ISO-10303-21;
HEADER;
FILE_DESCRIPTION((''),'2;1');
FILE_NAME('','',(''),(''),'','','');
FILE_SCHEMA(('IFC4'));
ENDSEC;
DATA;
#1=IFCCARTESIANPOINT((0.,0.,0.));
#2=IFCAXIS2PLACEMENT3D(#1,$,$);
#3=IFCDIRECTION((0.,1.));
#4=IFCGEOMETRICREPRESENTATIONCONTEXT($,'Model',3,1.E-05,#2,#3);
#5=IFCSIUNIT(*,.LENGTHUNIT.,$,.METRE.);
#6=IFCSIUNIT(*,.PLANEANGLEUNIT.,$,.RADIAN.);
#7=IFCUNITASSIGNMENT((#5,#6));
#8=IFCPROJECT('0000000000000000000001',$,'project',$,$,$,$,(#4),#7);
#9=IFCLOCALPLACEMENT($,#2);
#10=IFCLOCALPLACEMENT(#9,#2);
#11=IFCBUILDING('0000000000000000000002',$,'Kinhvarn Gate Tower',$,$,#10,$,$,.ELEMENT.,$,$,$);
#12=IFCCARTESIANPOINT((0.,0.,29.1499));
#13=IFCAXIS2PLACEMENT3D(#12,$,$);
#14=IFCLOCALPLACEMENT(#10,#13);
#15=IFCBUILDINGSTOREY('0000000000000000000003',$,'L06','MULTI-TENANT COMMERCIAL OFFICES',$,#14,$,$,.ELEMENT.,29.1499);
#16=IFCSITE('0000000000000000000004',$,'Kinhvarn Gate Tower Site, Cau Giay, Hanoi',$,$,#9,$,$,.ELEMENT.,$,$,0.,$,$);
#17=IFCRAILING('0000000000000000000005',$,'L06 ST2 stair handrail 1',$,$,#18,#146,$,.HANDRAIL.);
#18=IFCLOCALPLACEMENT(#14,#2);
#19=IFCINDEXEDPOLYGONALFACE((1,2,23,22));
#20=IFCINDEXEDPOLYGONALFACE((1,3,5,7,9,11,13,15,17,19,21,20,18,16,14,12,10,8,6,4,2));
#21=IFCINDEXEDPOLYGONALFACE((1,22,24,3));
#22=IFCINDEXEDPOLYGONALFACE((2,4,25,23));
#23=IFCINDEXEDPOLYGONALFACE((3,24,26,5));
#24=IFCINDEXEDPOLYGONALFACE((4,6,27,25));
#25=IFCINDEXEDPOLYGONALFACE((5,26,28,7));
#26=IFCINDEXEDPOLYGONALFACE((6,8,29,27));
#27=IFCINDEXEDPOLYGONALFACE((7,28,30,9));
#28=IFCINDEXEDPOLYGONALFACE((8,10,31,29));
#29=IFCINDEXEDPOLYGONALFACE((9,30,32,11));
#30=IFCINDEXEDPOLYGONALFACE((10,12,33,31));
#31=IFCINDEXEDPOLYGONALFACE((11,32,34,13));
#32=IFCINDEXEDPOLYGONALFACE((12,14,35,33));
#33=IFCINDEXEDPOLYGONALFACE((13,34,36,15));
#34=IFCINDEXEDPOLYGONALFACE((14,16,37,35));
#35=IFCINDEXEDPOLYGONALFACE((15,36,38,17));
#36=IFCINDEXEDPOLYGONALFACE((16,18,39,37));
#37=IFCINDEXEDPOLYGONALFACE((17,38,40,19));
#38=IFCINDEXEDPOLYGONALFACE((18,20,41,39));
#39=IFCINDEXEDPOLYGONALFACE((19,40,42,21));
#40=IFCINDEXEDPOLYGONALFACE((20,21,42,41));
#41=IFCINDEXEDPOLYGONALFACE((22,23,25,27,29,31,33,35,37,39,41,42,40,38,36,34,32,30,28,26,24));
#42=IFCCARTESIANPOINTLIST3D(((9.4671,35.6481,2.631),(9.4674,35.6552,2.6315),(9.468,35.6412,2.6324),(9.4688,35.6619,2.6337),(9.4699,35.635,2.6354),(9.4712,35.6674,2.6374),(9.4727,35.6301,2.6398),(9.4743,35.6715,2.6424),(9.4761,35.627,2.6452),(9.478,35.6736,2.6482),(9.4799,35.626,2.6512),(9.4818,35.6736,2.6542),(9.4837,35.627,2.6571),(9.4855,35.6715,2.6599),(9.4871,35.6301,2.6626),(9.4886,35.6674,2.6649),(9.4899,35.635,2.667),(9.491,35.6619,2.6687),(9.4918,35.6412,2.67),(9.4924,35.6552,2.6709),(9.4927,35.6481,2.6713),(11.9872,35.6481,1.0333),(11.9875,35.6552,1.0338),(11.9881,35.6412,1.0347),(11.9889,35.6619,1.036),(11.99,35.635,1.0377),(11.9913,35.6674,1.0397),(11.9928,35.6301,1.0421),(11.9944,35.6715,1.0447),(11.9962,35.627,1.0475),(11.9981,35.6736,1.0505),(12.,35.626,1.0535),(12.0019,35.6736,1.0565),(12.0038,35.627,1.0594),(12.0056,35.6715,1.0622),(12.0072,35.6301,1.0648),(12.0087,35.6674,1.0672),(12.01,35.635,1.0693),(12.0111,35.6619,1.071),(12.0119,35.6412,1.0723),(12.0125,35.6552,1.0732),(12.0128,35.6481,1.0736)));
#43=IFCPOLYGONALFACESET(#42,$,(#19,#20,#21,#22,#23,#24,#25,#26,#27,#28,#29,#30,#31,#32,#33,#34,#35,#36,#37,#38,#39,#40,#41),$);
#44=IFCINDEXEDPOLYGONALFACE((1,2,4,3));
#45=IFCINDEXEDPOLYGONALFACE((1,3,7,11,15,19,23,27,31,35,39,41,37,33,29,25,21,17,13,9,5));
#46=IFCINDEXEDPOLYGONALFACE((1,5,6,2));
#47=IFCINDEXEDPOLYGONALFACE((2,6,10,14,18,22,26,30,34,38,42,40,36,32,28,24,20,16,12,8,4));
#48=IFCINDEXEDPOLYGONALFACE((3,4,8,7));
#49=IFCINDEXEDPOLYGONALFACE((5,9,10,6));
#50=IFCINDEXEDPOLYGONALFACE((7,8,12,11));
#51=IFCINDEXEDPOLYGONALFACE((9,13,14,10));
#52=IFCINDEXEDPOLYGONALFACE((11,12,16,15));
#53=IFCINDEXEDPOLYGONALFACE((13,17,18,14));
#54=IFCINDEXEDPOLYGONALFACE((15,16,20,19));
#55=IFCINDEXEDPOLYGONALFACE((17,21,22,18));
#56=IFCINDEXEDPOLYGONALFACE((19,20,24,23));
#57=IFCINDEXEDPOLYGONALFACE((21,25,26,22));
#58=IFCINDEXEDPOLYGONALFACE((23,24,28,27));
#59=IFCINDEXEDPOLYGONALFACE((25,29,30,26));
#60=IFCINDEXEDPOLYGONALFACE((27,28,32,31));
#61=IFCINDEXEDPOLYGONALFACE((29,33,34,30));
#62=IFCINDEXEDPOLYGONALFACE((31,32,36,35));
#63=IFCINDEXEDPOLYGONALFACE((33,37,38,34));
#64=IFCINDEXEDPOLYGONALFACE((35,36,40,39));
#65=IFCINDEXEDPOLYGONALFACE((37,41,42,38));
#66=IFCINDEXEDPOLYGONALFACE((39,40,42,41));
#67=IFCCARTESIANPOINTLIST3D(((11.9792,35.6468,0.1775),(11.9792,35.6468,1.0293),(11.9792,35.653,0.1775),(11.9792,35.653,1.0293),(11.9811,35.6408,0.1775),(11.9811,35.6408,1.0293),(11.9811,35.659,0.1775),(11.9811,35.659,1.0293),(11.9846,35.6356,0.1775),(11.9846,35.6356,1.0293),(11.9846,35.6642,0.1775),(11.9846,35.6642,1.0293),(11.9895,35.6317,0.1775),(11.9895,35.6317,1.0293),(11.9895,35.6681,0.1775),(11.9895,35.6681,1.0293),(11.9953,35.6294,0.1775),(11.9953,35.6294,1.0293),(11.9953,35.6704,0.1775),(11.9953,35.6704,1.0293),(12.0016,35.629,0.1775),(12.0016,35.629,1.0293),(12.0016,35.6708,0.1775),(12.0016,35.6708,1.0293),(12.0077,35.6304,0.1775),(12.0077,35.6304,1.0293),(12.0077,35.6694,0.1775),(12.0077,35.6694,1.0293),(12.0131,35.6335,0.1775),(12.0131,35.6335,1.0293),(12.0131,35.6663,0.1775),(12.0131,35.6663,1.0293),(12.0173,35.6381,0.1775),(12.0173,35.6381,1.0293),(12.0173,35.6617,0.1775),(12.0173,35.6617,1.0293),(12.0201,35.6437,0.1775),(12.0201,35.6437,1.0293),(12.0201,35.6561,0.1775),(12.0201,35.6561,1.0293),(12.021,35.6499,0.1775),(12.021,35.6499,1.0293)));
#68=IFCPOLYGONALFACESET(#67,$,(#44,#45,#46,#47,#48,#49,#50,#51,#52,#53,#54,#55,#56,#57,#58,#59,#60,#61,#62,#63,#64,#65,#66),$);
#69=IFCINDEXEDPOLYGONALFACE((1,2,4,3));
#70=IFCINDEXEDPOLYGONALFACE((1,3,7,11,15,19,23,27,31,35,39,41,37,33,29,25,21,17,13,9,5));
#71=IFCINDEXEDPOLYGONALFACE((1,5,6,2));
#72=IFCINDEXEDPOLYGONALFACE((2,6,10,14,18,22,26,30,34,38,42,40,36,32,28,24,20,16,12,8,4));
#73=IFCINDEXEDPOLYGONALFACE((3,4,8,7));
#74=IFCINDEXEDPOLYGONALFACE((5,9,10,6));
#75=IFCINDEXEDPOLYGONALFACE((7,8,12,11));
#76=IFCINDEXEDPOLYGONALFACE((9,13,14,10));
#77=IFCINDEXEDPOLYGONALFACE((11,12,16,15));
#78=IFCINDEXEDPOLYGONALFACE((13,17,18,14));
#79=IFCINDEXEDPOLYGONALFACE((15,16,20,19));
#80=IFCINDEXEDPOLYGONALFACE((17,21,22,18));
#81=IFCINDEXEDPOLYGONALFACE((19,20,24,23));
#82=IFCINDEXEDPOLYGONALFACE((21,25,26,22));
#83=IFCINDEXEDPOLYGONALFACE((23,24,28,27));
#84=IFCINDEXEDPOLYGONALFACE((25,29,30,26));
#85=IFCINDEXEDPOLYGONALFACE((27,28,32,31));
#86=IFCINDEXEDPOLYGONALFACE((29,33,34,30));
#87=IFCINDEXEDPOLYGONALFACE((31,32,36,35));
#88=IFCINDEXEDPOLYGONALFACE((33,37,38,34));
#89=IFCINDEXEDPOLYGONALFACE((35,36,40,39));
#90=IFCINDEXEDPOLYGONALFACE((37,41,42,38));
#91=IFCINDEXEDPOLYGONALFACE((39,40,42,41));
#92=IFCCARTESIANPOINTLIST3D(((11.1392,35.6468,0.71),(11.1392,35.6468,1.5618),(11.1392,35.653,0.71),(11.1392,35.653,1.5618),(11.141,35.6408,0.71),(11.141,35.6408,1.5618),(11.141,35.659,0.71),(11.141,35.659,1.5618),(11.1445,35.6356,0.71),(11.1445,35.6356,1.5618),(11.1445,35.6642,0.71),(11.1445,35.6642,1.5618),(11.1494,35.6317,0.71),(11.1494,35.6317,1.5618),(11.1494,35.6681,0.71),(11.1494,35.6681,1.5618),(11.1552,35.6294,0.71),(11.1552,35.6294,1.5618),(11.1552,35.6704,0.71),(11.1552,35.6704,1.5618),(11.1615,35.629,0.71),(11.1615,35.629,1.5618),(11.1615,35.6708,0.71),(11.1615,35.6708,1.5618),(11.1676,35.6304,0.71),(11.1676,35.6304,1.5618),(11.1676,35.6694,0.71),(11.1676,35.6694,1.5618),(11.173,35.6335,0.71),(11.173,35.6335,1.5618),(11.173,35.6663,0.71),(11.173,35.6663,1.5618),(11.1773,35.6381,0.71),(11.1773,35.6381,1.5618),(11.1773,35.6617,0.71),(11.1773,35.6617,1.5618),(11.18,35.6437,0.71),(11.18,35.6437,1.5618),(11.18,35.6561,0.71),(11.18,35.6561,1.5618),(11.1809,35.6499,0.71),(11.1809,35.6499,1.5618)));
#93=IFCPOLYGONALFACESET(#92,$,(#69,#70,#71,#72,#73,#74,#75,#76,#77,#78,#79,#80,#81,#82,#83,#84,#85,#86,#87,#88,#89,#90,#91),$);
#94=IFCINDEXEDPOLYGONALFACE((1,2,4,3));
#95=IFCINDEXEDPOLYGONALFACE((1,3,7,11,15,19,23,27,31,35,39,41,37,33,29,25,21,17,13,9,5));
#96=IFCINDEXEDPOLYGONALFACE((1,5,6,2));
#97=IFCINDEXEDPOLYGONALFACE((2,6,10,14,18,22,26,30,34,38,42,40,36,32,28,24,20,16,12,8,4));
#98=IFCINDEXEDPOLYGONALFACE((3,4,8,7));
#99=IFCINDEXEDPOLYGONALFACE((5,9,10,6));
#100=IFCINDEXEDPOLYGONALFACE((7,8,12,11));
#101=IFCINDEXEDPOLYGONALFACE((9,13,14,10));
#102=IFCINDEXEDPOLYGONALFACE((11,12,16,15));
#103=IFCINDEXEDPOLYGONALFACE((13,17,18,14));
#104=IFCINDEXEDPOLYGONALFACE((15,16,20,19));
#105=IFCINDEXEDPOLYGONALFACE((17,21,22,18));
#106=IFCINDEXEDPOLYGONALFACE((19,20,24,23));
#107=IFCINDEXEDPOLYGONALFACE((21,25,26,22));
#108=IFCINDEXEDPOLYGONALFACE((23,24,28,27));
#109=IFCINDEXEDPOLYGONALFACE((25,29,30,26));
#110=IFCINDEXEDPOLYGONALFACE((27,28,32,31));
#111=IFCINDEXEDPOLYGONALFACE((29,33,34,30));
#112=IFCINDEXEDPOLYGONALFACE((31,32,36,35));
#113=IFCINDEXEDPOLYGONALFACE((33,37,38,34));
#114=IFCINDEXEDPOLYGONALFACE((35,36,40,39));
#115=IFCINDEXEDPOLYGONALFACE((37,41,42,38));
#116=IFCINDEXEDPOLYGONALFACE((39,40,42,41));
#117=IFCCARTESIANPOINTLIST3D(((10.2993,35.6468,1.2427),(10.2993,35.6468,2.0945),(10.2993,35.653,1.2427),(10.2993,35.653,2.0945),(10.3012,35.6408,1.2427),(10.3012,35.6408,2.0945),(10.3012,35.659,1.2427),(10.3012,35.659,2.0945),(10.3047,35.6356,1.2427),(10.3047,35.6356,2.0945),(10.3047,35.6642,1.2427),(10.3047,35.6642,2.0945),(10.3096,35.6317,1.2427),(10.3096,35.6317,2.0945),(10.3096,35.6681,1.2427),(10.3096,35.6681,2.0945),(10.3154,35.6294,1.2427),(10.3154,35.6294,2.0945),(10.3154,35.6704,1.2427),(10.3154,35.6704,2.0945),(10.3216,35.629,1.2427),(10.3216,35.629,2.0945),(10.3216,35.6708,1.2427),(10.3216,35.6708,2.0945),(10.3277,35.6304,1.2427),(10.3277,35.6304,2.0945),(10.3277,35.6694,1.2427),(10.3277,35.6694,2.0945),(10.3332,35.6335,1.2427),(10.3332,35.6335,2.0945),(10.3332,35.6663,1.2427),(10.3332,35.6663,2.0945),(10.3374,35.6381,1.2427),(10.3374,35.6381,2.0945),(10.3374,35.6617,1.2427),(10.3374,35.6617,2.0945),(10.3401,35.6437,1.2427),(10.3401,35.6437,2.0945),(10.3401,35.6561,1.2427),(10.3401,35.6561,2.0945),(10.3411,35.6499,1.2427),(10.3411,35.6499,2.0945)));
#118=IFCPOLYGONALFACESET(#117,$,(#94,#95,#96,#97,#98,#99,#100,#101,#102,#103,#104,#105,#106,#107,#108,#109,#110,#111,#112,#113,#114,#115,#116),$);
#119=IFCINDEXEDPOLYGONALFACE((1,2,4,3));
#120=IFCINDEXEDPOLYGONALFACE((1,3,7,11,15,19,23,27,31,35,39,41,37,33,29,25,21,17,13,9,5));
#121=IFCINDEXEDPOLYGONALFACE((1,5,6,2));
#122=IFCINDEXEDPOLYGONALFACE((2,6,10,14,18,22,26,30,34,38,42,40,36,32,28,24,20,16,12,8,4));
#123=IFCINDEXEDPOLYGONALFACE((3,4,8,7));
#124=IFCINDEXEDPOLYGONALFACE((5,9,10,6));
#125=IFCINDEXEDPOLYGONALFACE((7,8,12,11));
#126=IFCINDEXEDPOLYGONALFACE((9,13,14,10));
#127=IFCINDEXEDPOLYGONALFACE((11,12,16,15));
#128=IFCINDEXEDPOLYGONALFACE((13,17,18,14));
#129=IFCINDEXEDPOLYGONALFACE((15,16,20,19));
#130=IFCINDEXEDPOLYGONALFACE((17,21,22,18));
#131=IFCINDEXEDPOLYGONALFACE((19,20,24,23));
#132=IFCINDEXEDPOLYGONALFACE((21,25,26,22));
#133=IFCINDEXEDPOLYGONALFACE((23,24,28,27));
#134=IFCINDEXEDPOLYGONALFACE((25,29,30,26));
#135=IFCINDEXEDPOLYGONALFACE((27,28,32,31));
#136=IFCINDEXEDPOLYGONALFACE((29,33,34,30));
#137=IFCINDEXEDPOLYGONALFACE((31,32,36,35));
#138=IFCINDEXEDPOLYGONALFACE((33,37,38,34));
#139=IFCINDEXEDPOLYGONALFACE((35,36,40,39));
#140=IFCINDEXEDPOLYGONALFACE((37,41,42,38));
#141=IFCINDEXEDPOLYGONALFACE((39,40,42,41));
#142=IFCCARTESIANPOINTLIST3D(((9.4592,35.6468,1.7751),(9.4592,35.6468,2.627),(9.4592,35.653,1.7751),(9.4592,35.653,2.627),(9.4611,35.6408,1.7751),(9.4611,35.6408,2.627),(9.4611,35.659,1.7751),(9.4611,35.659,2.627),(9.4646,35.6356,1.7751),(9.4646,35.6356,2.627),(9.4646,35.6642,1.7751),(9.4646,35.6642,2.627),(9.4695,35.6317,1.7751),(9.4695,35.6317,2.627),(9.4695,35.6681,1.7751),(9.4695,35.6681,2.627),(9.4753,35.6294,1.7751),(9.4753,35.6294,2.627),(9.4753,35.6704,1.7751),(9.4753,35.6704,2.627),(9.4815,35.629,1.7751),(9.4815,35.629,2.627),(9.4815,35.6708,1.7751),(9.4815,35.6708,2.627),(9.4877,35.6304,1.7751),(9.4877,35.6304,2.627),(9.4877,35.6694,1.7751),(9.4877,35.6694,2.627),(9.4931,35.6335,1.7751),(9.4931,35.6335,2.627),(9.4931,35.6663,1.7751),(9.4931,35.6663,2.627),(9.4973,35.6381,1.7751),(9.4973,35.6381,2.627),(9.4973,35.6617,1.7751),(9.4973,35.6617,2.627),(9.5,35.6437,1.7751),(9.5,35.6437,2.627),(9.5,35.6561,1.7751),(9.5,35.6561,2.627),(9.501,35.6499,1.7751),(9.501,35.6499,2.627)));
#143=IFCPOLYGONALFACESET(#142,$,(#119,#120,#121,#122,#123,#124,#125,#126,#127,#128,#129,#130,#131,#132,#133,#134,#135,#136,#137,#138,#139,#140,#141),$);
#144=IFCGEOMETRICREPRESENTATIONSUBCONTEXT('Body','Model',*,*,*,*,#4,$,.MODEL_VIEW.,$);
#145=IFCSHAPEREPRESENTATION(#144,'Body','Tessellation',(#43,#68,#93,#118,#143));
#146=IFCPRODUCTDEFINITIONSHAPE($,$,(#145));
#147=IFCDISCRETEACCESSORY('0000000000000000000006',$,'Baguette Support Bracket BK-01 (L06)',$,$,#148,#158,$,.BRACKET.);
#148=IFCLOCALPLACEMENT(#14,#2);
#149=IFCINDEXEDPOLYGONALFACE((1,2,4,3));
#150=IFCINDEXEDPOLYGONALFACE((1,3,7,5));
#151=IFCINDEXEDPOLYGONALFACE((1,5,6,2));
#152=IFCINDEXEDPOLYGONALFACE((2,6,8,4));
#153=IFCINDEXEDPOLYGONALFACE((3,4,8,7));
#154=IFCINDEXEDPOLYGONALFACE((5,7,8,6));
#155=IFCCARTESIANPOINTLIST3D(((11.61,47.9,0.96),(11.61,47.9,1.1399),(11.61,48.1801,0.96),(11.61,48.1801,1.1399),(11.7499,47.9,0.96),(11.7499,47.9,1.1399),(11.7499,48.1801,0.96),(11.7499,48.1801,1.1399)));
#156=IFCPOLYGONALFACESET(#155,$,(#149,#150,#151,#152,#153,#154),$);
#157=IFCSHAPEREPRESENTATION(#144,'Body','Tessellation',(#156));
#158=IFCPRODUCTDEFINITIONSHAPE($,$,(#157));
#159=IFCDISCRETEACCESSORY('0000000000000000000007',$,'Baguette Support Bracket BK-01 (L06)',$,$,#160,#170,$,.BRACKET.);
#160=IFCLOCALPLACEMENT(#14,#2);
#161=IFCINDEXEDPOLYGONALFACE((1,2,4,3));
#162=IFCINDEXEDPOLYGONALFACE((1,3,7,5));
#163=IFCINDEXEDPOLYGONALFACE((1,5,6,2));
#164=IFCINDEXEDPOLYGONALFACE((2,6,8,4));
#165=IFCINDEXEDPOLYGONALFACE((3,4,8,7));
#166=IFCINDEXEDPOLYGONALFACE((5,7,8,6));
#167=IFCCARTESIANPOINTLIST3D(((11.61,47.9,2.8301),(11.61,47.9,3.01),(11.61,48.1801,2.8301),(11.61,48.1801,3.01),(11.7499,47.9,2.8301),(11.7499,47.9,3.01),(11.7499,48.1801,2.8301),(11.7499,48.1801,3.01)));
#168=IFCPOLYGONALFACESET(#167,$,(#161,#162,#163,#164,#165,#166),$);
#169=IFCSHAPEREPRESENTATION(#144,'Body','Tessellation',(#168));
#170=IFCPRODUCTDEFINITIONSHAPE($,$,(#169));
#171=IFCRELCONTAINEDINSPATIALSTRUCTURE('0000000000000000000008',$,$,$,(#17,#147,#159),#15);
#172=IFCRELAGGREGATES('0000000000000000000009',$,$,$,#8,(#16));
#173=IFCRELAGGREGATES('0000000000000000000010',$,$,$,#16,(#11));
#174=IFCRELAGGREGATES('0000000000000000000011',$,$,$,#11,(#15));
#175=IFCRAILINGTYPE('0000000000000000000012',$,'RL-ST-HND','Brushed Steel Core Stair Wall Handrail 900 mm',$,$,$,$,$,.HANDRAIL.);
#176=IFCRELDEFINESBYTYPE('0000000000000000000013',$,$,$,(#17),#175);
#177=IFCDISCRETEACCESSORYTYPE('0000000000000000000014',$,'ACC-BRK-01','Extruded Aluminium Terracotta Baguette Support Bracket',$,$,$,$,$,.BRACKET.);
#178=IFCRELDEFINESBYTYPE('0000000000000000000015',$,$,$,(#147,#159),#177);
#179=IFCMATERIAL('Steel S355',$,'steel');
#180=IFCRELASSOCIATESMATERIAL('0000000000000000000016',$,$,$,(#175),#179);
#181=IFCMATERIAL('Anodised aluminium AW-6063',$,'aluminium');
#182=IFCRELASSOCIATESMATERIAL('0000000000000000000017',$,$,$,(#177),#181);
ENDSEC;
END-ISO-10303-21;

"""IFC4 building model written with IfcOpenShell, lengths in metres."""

from ifc_helpers import new_model, si_unit, direction, frame, origin, origin_2d, place, context, subcontext, project, spatial, rectangle, circle, extrude, material, type_object, element, save


model = new_model("IFC4")

# Units and contexts
model_context = context("Model", 3, precision=1e-05, world=origin(), true_north=direction((0.0, 1.0)))
body_context = subcontext(model_context, "Body", "Model", "MODEL_VIEW")
ifc_project = project(units=[si_unit("LENGTHUNIT", "METRE"), si_unit("PLANEANGLEUNIT", "RADIAN")], contexts=[model_context])

# Site, building, storey
site_placement = place(None, origin())
site = spatial("IfcSite", under=ifc_project, at=site_placement, Name="Kinhvarn Gate Tower Site, Cau Giay, Hanoi", CompositionType="ELEMENT", RefElevation=0.0)
building_placement = place(site_placement, origin())
building = spatial("IfcBuilding", under=site, at=building_placement, Name="Kinhvarn Gate Tower", CompositionType="ELEMENT")
storey_placement = place(building_placement, frame((0.0, 0.0, 29.1499)))
storey = spatial("IfcBuildingStorey", under=building, at=storey_placement, Name="L06", Description="MULTI-TENANT COMMERCIAL OFFICES", CompositionType="ELEMENT", Elevation=29.1499)

# Shared definitions
ifc_material_1 = material(Name="Anodised aluminium AW-6063", Category="aluminium")

# Shared definitions
ifc_material_2 = material(Name="Steel S355", Category="steel")

# Railing
railing_type_1 = type_object("IfcRailingType", Name="RL-ST-HND", Description="Brushed Steel Core Stair Wall Handrail 900 mm", PredefinedType="HANDRAIL", material=ifc_material_2)
railing_1_placement = place(storey_placement, frame((12.0, 35.6499, 0.1775)))
element("IfcRailing", 1, at=railing_1_placement, inside=storey, type_object=railing_type_1, Name="L06 ST2 stair handrail 1", PredefinedType="HANDRAIL", context=body_context, shape_type="SweptSolid", body=[
    extrude(circle(Radius=0.0239, at=origin_2d()), frame((0.0, 0.0, 0.876), z_axis=(-0.84457, 0.0, 0.535445), x_axis=(0.0, -1.0, 0.0)), (0.0, 0.0, 1.0), 2.9839),
    extrude(circle(Radius=0.021, at=origin_2d()), origin(), (0.0, 0.0, 1.0), 0.8518),
    extrude(circle(Radius=0.021, at=origin_2d()), frame((-0.8401, 0.0, 0.5325)), (0.0, 0.0, 1.0), 0.8518),
    extrude(circle(Radius=0.021, at=origin_2d()), frame((-1.6799, 0.0, 1.0652)), (0.0, 0.0, 1.0), 0.8518),
    extrude(circle(Radius=0.021, at=origin_2d()), frame((-2.52, 0.0, 1.5977)), (0.0, 0.0, 1.0), 0.8518),
])

# Discrete accessories
discrete_accessory_type = type_object("IfcDiscreteAccessoryType", Name="ACC-BRK-01", Description="Extruded Aluminium Terracotta Baguette Support Bracket", PredefinedType="BRACKET", material=ifc_material_1)
for number, where, z_axis, x_axis, name in (
    (2, (11.6799, 48.04, 0.96), (0.0, 0.0, 1.0), (-1.0, 0.0, 0.0), "Baguette Support Bracket BK-01 (L06)"),
    (3, (11.6799, 48.04, 2.8301), (0.0, 0.0, 1.0), (-1.0, 0.0, 0.0), "Baguette Support Bracket BK-01 (L06)"),
):
    element("IfcDiscreteAccessory", number, at=place(storey_placement, frame(where, z_axis=z_axis, x_axis=x_axis)), inside=storey, type_object=discrete_accessory_type, Name=name, PredefinedType="BRACKET", context=body_context, shape_type="SweptSolid", body=[
        extrude(rectangle(XDim=0.1399, YDim=0.28, at=origin_2d()), origin(), (0.0, 0.0, 1.0), 0.1799),
    ])

save(model, "model.ifc")
